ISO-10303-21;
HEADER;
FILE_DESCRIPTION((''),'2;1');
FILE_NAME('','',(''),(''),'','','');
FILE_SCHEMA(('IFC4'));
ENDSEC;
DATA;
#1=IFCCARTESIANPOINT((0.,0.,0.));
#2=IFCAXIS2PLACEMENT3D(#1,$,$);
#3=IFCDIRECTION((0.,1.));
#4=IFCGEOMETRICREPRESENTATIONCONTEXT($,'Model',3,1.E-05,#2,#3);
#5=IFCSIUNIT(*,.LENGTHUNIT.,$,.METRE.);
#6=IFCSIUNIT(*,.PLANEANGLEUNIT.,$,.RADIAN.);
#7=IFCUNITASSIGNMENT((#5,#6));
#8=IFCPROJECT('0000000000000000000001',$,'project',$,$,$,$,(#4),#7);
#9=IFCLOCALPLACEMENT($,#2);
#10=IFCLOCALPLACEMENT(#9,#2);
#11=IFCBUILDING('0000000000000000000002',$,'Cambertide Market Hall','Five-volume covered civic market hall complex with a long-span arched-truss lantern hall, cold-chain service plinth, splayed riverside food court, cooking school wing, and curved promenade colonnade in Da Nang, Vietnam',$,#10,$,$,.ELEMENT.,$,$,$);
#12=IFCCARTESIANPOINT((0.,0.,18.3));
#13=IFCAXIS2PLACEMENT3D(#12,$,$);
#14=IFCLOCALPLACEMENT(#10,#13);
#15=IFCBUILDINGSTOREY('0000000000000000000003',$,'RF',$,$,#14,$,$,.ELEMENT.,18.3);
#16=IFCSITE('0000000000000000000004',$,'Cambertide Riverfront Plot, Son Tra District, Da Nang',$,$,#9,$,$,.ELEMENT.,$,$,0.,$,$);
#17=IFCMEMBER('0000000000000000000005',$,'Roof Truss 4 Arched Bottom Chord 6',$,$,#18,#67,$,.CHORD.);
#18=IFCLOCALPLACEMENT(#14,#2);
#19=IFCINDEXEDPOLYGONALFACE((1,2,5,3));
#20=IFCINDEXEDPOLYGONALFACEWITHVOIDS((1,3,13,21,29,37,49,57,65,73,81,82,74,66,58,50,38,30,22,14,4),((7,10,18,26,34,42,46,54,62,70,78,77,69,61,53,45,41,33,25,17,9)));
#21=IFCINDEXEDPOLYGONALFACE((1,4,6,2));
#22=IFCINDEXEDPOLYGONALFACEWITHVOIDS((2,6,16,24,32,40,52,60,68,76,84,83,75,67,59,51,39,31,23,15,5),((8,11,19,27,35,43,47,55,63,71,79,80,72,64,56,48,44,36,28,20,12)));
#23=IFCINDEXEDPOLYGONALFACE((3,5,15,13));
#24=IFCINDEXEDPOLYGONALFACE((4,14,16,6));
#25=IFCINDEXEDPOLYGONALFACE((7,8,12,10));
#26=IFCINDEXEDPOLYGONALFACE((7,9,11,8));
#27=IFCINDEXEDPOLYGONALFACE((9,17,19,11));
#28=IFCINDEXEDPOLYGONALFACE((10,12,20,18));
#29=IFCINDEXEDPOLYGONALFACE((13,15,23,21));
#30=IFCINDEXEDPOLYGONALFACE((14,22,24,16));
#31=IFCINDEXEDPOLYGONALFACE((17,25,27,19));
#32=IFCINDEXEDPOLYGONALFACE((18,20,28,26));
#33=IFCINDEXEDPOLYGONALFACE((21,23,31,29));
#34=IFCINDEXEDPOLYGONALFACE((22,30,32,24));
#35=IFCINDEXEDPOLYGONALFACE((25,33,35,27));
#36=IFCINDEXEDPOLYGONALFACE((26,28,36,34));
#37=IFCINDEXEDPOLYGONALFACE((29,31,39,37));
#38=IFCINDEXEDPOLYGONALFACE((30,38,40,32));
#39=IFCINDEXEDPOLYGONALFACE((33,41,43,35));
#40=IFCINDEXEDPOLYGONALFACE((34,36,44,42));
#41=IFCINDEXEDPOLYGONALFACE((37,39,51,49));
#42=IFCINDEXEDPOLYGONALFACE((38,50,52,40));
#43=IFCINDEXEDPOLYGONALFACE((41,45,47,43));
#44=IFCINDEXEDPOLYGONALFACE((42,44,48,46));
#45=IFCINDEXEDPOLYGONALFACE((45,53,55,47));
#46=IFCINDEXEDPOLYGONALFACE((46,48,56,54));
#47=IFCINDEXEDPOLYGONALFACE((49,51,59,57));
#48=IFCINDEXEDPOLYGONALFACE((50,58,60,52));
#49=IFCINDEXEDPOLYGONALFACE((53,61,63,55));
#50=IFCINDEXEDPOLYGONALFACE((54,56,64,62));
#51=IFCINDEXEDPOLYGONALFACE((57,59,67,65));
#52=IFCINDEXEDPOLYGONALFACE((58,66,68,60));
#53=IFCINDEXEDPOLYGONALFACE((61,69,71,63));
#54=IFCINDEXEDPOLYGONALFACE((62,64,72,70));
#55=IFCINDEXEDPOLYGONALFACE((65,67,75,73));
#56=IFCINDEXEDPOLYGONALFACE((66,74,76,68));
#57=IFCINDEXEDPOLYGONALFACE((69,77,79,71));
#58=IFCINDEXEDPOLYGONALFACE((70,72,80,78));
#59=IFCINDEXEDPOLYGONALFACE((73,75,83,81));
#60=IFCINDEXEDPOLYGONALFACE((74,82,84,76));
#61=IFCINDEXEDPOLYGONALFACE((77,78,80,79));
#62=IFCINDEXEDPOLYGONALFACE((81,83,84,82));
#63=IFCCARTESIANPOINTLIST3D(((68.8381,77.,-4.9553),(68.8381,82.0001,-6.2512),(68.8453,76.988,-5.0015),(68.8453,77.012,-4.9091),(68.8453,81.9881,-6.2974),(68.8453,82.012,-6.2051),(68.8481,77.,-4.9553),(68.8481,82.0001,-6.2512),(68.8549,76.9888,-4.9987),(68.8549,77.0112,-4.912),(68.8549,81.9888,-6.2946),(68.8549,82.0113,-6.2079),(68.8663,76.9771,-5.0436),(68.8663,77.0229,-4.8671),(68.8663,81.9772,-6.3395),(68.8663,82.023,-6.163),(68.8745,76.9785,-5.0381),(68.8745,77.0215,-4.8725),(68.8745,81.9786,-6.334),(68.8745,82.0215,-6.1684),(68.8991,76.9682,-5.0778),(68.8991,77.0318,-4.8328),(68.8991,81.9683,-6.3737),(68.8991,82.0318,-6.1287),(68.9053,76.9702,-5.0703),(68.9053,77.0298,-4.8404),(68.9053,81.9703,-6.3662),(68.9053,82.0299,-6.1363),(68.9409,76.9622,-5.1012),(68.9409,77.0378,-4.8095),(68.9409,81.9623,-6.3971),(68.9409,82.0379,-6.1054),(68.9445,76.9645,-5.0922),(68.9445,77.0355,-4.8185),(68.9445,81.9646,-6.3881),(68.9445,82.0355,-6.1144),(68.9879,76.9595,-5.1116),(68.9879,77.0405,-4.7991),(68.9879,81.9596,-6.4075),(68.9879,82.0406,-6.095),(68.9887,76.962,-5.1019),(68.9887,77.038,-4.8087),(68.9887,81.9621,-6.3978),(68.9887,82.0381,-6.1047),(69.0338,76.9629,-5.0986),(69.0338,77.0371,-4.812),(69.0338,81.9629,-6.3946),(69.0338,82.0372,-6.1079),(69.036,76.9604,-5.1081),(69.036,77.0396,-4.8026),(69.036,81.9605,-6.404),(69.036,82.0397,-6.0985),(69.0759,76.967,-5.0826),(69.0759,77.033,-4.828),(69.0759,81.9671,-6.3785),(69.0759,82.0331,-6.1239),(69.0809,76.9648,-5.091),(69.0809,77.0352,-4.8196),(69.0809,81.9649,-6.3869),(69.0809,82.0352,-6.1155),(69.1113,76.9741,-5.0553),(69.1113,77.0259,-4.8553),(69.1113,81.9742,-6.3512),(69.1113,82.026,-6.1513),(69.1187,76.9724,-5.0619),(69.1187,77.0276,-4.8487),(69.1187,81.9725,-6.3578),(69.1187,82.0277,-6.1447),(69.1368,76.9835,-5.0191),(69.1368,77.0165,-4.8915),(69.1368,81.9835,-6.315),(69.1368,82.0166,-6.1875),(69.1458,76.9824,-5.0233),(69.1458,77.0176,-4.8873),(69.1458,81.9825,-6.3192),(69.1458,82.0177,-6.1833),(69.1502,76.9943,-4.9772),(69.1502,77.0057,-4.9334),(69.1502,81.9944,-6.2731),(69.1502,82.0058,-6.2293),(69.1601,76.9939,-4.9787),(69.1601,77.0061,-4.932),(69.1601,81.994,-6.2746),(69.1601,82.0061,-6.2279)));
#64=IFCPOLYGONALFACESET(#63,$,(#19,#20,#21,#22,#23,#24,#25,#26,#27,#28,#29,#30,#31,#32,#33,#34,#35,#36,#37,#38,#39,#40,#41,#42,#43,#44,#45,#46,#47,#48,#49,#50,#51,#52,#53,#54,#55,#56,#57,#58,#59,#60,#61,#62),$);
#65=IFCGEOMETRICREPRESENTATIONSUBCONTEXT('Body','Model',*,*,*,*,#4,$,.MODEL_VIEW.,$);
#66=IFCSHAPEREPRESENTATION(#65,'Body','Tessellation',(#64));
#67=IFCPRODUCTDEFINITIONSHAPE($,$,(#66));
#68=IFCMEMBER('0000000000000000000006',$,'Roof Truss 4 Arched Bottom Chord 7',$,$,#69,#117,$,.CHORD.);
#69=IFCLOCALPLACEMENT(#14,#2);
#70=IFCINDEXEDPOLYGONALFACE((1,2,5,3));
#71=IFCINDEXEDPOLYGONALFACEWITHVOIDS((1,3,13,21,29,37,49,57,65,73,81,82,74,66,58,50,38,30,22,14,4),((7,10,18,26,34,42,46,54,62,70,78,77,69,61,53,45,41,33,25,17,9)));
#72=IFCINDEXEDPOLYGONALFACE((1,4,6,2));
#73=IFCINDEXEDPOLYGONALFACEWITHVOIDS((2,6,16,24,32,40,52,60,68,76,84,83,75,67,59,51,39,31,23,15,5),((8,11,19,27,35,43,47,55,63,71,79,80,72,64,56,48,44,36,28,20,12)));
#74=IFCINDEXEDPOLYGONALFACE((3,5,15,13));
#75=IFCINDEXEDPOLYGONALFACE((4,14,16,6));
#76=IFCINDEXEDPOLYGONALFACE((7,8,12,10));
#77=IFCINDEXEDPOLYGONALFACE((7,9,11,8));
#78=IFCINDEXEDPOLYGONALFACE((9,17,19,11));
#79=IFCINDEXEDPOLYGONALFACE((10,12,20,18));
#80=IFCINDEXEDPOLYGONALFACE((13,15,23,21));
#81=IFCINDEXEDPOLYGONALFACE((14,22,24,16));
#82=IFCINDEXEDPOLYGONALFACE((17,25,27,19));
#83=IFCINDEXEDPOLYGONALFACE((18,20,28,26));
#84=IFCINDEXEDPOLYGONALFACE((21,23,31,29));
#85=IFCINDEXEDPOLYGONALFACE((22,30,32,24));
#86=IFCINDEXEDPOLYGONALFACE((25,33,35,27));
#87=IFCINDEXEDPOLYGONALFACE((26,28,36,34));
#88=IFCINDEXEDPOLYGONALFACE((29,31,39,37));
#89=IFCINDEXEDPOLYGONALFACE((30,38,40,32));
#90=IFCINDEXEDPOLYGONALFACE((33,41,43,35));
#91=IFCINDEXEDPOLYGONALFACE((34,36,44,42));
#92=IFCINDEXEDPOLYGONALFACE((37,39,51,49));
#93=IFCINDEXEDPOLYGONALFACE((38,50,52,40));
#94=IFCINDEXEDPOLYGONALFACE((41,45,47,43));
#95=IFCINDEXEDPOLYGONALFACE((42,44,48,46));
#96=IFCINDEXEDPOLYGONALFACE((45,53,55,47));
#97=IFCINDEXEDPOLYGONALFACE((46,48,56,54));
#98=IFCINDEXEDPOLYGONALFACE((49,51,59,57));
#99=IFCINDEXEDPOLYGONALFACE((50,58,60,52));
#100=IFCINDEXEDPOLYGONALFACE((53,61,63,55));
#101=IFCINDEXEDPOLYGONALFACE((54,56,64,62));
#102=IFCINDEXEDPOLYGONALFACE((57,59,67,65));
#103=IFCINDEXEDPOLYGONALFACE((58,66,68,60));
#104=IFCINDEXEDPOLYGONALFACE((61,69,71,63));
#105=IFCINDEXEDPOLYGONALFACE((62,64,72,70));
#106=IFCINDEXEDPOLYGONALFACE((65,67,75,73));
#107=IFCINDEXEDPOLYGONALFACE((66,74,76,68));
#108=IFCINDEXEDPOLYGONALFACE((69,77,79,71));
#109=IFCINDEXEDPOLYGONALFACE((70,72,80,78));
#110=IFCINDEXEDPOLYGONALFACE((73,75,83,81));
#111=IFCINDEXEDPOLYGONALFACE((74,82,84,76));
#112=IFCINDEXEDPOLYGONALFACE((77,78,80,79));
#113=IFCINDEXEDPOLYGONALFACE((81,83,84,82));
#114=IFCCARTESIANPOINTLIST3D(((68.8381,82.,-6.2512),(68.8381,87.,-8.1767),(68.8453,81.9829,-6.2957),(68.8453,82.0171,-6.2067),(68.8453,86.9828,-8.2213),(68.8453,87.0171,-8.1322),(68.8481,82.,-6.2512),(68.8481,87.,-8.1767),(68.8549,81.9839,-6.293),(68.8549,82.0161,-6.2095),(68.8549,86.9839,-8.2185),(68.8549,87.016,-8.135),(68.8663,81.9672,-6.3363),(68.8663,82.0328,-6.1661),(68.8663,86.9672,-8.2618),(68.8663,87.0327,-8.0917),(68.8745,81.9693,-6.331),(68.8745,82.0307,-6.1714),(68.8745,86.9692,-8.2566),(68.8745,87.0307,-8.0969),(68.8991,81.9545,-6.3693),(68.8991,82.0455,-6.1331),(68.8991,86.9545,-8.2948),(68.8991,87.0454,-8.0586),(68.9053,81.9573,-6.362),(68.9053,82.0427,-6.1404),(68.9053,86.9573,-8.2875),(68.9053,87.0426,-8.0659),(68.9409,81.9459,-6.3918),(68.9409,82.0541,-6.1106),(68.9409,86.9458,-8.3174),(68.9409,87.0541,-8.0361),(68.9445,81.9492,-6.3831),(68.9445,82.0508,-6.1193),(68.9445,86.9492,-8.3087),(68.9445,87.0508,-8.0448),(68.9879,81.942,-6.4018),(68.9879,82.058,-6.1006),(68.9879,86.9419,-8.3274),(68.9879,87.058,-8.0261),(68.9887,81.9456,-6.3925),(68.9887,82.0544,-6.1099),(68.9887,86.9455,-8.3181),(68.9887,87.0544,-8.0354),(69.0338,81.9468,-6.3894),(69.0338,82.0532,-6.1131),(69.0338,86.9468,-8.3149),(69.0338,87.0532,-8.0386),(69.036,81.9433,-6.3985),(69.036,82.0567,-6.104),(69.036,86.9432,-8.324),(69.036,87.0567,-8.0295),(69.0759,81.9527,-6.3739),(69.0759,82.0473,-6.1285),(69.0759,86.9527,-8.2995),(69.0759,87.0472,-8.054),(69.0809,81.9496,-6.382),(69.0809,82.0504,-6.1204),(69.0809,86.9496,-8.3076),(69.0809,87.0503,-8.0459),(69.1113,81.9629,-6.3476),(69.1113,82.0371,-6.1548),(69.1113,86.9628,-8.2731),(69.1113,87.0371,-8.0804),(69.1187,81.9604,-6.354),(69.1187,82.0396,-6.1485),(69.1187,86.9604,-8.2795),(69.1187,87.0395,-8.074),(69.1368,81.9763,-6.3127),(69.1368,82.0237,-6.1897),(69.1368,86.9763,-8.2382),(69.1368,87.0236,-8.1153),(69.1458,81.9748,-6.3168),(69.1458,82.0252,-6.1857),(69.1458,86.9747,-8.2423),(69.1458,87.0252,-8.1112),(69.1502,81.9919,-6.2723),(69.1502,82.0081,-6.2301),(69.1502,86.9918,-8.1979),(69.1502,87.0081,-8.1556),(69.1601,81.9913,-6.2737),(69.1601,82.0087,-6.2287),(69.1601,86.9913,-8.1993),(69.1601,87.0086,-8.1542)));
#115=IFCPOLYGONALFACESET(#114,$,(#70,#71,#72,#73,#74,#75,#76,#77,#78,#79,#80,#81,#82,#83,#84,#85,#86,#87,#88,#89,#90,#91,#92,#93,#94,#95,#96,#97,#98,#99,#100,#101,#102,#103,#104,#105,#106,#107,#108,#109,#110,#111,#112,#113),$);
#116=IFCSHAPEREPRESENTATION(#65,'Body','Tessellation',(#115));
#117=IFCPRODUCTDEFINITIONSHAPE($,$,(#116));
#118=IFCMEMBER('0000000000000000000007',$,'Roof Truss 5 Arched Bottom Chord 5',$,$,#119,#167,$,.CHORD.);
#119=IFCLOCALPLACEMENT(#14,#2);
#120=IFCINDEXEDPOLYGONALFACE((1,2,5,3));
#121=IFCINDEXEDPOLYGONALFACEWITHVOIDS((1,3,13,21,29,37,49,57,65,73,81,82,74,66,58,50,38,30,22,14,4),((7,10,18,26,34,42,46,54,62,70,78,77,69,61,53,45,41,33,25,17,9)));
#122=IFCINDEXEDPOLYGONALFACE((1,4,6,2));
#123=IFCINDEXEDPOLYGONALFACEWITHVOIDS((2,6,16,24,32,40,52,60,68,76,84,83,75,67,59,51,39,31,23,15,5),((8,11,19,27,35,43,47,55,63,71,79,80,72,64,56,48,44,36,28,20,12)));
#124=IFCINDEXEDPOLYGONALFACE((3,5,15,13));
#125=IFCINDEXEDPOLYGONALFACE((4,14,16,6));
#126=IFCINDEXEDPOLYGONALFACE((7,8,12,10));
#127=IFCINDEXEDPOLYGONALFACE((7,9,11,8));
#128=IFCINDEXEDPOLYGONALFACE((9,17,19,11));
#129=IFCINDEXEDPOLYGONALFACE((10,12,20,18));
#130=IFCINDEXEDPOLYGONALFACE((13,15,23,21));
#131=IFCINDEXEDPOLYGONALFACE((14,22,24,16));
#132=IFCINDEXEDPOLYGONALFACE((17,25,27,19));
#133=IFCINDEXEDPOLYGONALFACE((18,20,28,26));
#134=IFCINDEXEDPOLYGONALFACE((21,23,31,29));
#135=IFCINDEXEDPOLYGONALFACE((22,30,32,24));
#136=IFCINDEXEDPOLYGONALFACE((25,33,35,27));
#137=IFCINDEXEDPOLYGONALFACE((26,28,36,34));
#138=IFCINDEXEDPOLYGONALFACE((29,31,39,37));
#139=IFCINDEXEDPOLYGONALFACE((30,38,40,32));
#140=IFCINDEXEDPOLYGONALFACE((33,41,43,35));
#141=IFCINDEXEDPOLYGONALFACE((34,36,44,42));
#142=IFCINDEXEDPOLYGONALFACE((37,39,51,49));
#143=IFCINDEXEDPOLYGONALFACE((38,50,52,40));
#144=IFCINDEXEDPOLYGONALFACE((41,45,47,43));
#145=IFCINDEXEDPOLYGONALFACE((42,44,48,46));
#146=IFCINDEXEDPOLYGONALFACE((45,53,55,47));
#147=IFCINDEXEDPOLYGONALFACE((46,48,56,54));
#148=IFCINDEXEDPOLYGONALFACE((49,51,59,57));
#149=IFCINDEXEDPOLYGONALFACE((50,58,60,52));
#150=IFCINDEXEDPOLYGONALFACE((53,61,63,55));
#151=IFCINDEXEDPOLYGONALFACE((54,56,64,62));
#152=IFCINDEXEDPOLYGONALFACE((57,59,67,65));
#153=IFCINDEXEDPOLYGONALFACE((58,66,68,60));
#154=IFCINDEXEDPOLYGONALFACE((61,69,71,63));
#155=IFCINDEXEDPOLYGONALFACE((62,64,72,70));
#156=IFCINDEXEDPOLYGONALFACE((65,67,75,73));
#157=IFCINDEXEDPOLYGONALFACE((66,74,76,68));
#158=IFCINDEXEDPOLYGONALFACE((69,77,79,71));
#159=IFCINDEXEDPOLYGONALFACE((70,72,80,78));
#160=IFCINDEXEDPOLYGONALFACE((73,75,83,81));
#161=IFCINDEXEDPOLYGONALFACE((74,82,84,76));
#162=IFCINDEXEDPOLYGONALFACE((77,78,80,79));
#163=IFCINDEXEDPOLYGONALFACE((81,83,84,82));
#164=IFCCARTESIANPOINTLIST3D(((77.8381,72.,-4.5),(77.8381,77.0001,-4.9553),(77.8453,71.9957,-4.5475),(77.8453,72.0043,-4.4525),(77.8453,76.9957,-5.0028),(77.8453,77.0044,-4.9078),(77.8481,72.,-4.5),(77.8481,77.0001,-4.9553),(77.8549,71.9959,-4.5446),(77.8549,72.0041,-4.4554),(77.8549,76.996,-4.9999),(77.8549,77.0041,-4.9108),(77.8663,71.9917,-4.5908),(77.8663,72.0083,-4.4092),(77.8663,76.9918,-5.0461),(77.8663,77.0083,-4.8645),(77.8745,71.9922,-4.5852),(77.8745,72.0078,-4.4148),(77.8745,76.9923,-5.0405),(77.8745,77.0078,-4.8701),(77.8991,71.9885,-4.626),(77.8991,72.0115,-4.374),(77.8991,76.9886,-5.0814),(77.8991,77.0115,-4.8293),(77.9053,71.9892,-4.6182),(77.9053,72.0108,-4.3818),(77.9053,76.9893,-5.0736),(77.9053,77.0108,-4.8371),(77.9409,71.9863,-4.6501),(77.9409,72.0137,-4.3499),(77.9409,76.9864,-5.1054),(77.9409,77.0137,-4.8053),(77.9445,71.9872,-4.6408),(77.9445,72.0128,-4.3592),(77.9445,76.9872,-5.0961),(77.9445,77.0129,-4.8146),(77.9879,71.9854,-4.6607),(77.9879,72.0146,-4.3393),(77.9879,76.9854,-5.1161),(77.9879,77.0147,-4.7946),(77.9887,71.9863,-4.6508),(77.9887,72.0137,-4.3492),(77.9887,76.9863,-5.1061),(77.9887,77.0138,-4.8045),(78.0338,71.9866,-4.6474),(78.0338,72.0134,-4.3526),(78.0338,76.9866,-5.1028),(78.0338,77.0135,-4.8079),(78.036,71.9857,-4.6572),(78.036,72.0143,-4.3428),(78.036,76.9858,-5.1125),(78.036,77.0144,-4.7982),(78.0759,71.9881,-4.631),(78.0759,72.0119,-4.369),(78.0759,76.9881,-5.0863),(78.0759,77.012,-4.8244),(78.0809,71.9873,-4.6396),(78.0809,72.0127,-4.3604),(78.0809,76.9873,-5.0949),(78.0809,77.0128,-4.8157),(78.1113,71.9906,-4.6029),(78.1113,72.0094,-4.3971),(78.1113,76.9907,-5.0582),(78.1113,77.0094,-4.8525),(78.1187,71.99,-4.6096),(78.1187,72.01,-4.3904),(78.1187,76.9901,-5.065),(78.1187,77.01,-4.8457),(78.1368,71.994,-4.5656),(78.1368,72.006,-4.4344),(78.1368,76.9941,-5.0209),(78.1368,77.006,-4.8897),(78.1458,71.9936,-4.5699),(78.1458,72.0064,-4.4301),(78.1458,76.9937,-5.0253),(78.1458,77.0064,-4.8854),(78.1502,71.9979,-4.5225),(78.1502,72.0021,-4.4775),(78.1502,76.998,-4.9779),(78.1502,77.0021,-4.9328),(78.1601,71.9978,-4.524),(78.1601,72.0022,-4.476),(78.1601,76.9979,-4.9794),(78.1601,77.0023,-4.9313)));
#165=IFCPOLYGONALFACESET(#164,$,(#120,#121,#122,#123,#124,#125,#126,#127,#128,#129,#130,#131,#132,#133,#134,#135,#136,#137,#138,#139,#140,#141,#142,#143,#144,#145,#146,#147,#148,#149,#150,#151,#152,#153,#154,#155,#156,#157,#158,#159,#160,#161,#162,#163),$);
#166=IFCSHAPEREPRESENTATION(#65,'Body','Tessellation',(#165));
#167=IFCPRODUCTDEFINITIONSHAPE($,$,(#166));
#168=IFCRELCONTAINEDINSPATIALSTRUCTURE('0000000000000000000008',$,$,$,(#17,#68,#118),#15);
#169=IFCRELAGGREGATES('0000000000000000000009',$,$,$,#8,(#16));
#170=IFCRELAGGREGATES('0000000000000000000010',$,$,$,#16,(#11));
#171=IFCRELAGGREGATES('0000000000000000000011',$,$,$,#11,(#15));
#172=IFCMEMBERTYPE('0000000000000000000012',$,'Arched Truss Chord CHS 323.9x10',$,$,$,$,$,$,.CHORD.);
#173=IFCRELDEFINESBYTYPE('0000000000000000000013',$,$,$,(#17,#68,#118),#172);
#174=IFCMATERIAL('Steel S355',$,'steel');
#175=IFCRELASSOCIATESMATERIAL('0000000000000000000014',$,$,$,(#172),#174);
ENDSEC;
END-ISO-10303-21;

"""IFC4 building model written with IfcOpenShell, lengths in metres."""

from ifc_helpers import new_model, si_unit, direction, frame, origin, origin_2d, place, context, subcontext, project, spatial, hollow_circle, extrude, material, material_profile, profile_set, type_object, element, save


model = new_model("IFC4")

# Units and contexts
model_context = context("Model", 3, precision=1e-05, world=origin(), true_north=direction((0.0, 1.0)))
body_context = subcontext(model_context, "Body", "Model", "MODEL_VIEW")
ifc_project = project(units=[si_unit("LENGTHUNIT", "METRE"), si_unit("PLANEANGLEUNIT", "RADIAN")], contexts=[model_context])

# Site, building, storey
site_placement = place(None, origin())
site = spatial("IfcSite", under=ifc_project, at=site_placement, Name="Cambertide Riverfront Plot, Son Tra District, Da Nang", CompositionType="ELEMENT", RefElevation=0.0)
building_placement = place(site_placement, origin())
building = spatial("IfcBuilding", under=site, at=building_placement, Name="Cambertide Market Hall", Description="Five-volume covered civic market hall complex with a long-span arched-truss lantern hall, cold-chain service plinth, splayed riverside food court, cooking school wing, and curved promenade colonnade in Da Nang, Vietnam", CompositionType="ELEMENT")
storey_placement = place(building_placement, frame((0.0, 0.0, 18.3)))
storey = spatial("IfcBuildingStorey", under=building, at=storey_placement, Name="RF", CompositionType="ELEMENT", Elevation=18.3)

# Members
ifc_material_1 = material(Name="Steel S355", Category="steel")
ifc_material_profile_1 = material_profile(ifc_material_1, hollow_circle(Radius=0.1619, WallThickness=0.01, at=origin_2d()), Name="CHS 323.9x10")
ifc_profile_set_1 = profile_set([ifc_material_profile_1], Name="Steel S355")
member_type_1 = type_object("IfcMemberType", Name="Arched Truss Chord CHS 323.9x10", PredefinedType="CHORD", material=ifc_profile_set_1)
member_1_placement = place(storey_placement, frame((69.0, 77.0, -4.9553), z_axis=(0.0, 0.968016, -0.25089), x_axis=(-1.0, 0.0, 0.0)))
element("IfcMember", 1, at=member_1_placement, inside=storey, type_object=member_type_1, Name="Roof Truss 4 Arched Bottom Chord 6", PredefinedType="CHORD", context=body_context, shape_type="SweptSolid", body=[
    extrude(hollow_circle(Radius=0.1619, WallThickness=0.01, at=origin_2d()), origin(), (0.0, 0.0, 1.0), 5.1653),
])
member_2_placement = place(storey_placement, frame((69.0, 82.0, -6.2512), z_axis=(0.0, 0.933192, -0.359379), x_axis=(-1.0, 0.0, 0.0)))
element("IfcMember", 2, at=member_2_placement, inside=storey, type_object=member_type_1, Name="Roof Truss 4 Arched Bottom Chord 7", PredefinedType="CHORD", context=body_context, shape_type="SweptSolid", body=[
    extrude(hollow_circle(Radius=0.1619, WallThickness=0.01, at=origin_2d()), origin(), (0.0, 0.0, 1.0), 5.3579),
])
member_3_placement = place(storey_placement, frame((78.0, 72.0, -4.5), z_axis=(0.0, 0.995879, -0.090689), x_axis=(-1.0, 0.0, 0.0)))
element("IfcMember", 3, at=member_3_placement, inside=storey, type_object=member_type_1, Name="Roof Truss 5 Arched Bottom Chord 5", PredefinedType="CHORD", context=body_context, shape_type="SweptSolid", body=[
    extrude(hollow_circle(Radius=0.1619, WallThickness=0.01, at=origin_2d()), origin(), (0.0, 0.0, 1.0), 5.0208),
])

save(model, "model.ifc")
